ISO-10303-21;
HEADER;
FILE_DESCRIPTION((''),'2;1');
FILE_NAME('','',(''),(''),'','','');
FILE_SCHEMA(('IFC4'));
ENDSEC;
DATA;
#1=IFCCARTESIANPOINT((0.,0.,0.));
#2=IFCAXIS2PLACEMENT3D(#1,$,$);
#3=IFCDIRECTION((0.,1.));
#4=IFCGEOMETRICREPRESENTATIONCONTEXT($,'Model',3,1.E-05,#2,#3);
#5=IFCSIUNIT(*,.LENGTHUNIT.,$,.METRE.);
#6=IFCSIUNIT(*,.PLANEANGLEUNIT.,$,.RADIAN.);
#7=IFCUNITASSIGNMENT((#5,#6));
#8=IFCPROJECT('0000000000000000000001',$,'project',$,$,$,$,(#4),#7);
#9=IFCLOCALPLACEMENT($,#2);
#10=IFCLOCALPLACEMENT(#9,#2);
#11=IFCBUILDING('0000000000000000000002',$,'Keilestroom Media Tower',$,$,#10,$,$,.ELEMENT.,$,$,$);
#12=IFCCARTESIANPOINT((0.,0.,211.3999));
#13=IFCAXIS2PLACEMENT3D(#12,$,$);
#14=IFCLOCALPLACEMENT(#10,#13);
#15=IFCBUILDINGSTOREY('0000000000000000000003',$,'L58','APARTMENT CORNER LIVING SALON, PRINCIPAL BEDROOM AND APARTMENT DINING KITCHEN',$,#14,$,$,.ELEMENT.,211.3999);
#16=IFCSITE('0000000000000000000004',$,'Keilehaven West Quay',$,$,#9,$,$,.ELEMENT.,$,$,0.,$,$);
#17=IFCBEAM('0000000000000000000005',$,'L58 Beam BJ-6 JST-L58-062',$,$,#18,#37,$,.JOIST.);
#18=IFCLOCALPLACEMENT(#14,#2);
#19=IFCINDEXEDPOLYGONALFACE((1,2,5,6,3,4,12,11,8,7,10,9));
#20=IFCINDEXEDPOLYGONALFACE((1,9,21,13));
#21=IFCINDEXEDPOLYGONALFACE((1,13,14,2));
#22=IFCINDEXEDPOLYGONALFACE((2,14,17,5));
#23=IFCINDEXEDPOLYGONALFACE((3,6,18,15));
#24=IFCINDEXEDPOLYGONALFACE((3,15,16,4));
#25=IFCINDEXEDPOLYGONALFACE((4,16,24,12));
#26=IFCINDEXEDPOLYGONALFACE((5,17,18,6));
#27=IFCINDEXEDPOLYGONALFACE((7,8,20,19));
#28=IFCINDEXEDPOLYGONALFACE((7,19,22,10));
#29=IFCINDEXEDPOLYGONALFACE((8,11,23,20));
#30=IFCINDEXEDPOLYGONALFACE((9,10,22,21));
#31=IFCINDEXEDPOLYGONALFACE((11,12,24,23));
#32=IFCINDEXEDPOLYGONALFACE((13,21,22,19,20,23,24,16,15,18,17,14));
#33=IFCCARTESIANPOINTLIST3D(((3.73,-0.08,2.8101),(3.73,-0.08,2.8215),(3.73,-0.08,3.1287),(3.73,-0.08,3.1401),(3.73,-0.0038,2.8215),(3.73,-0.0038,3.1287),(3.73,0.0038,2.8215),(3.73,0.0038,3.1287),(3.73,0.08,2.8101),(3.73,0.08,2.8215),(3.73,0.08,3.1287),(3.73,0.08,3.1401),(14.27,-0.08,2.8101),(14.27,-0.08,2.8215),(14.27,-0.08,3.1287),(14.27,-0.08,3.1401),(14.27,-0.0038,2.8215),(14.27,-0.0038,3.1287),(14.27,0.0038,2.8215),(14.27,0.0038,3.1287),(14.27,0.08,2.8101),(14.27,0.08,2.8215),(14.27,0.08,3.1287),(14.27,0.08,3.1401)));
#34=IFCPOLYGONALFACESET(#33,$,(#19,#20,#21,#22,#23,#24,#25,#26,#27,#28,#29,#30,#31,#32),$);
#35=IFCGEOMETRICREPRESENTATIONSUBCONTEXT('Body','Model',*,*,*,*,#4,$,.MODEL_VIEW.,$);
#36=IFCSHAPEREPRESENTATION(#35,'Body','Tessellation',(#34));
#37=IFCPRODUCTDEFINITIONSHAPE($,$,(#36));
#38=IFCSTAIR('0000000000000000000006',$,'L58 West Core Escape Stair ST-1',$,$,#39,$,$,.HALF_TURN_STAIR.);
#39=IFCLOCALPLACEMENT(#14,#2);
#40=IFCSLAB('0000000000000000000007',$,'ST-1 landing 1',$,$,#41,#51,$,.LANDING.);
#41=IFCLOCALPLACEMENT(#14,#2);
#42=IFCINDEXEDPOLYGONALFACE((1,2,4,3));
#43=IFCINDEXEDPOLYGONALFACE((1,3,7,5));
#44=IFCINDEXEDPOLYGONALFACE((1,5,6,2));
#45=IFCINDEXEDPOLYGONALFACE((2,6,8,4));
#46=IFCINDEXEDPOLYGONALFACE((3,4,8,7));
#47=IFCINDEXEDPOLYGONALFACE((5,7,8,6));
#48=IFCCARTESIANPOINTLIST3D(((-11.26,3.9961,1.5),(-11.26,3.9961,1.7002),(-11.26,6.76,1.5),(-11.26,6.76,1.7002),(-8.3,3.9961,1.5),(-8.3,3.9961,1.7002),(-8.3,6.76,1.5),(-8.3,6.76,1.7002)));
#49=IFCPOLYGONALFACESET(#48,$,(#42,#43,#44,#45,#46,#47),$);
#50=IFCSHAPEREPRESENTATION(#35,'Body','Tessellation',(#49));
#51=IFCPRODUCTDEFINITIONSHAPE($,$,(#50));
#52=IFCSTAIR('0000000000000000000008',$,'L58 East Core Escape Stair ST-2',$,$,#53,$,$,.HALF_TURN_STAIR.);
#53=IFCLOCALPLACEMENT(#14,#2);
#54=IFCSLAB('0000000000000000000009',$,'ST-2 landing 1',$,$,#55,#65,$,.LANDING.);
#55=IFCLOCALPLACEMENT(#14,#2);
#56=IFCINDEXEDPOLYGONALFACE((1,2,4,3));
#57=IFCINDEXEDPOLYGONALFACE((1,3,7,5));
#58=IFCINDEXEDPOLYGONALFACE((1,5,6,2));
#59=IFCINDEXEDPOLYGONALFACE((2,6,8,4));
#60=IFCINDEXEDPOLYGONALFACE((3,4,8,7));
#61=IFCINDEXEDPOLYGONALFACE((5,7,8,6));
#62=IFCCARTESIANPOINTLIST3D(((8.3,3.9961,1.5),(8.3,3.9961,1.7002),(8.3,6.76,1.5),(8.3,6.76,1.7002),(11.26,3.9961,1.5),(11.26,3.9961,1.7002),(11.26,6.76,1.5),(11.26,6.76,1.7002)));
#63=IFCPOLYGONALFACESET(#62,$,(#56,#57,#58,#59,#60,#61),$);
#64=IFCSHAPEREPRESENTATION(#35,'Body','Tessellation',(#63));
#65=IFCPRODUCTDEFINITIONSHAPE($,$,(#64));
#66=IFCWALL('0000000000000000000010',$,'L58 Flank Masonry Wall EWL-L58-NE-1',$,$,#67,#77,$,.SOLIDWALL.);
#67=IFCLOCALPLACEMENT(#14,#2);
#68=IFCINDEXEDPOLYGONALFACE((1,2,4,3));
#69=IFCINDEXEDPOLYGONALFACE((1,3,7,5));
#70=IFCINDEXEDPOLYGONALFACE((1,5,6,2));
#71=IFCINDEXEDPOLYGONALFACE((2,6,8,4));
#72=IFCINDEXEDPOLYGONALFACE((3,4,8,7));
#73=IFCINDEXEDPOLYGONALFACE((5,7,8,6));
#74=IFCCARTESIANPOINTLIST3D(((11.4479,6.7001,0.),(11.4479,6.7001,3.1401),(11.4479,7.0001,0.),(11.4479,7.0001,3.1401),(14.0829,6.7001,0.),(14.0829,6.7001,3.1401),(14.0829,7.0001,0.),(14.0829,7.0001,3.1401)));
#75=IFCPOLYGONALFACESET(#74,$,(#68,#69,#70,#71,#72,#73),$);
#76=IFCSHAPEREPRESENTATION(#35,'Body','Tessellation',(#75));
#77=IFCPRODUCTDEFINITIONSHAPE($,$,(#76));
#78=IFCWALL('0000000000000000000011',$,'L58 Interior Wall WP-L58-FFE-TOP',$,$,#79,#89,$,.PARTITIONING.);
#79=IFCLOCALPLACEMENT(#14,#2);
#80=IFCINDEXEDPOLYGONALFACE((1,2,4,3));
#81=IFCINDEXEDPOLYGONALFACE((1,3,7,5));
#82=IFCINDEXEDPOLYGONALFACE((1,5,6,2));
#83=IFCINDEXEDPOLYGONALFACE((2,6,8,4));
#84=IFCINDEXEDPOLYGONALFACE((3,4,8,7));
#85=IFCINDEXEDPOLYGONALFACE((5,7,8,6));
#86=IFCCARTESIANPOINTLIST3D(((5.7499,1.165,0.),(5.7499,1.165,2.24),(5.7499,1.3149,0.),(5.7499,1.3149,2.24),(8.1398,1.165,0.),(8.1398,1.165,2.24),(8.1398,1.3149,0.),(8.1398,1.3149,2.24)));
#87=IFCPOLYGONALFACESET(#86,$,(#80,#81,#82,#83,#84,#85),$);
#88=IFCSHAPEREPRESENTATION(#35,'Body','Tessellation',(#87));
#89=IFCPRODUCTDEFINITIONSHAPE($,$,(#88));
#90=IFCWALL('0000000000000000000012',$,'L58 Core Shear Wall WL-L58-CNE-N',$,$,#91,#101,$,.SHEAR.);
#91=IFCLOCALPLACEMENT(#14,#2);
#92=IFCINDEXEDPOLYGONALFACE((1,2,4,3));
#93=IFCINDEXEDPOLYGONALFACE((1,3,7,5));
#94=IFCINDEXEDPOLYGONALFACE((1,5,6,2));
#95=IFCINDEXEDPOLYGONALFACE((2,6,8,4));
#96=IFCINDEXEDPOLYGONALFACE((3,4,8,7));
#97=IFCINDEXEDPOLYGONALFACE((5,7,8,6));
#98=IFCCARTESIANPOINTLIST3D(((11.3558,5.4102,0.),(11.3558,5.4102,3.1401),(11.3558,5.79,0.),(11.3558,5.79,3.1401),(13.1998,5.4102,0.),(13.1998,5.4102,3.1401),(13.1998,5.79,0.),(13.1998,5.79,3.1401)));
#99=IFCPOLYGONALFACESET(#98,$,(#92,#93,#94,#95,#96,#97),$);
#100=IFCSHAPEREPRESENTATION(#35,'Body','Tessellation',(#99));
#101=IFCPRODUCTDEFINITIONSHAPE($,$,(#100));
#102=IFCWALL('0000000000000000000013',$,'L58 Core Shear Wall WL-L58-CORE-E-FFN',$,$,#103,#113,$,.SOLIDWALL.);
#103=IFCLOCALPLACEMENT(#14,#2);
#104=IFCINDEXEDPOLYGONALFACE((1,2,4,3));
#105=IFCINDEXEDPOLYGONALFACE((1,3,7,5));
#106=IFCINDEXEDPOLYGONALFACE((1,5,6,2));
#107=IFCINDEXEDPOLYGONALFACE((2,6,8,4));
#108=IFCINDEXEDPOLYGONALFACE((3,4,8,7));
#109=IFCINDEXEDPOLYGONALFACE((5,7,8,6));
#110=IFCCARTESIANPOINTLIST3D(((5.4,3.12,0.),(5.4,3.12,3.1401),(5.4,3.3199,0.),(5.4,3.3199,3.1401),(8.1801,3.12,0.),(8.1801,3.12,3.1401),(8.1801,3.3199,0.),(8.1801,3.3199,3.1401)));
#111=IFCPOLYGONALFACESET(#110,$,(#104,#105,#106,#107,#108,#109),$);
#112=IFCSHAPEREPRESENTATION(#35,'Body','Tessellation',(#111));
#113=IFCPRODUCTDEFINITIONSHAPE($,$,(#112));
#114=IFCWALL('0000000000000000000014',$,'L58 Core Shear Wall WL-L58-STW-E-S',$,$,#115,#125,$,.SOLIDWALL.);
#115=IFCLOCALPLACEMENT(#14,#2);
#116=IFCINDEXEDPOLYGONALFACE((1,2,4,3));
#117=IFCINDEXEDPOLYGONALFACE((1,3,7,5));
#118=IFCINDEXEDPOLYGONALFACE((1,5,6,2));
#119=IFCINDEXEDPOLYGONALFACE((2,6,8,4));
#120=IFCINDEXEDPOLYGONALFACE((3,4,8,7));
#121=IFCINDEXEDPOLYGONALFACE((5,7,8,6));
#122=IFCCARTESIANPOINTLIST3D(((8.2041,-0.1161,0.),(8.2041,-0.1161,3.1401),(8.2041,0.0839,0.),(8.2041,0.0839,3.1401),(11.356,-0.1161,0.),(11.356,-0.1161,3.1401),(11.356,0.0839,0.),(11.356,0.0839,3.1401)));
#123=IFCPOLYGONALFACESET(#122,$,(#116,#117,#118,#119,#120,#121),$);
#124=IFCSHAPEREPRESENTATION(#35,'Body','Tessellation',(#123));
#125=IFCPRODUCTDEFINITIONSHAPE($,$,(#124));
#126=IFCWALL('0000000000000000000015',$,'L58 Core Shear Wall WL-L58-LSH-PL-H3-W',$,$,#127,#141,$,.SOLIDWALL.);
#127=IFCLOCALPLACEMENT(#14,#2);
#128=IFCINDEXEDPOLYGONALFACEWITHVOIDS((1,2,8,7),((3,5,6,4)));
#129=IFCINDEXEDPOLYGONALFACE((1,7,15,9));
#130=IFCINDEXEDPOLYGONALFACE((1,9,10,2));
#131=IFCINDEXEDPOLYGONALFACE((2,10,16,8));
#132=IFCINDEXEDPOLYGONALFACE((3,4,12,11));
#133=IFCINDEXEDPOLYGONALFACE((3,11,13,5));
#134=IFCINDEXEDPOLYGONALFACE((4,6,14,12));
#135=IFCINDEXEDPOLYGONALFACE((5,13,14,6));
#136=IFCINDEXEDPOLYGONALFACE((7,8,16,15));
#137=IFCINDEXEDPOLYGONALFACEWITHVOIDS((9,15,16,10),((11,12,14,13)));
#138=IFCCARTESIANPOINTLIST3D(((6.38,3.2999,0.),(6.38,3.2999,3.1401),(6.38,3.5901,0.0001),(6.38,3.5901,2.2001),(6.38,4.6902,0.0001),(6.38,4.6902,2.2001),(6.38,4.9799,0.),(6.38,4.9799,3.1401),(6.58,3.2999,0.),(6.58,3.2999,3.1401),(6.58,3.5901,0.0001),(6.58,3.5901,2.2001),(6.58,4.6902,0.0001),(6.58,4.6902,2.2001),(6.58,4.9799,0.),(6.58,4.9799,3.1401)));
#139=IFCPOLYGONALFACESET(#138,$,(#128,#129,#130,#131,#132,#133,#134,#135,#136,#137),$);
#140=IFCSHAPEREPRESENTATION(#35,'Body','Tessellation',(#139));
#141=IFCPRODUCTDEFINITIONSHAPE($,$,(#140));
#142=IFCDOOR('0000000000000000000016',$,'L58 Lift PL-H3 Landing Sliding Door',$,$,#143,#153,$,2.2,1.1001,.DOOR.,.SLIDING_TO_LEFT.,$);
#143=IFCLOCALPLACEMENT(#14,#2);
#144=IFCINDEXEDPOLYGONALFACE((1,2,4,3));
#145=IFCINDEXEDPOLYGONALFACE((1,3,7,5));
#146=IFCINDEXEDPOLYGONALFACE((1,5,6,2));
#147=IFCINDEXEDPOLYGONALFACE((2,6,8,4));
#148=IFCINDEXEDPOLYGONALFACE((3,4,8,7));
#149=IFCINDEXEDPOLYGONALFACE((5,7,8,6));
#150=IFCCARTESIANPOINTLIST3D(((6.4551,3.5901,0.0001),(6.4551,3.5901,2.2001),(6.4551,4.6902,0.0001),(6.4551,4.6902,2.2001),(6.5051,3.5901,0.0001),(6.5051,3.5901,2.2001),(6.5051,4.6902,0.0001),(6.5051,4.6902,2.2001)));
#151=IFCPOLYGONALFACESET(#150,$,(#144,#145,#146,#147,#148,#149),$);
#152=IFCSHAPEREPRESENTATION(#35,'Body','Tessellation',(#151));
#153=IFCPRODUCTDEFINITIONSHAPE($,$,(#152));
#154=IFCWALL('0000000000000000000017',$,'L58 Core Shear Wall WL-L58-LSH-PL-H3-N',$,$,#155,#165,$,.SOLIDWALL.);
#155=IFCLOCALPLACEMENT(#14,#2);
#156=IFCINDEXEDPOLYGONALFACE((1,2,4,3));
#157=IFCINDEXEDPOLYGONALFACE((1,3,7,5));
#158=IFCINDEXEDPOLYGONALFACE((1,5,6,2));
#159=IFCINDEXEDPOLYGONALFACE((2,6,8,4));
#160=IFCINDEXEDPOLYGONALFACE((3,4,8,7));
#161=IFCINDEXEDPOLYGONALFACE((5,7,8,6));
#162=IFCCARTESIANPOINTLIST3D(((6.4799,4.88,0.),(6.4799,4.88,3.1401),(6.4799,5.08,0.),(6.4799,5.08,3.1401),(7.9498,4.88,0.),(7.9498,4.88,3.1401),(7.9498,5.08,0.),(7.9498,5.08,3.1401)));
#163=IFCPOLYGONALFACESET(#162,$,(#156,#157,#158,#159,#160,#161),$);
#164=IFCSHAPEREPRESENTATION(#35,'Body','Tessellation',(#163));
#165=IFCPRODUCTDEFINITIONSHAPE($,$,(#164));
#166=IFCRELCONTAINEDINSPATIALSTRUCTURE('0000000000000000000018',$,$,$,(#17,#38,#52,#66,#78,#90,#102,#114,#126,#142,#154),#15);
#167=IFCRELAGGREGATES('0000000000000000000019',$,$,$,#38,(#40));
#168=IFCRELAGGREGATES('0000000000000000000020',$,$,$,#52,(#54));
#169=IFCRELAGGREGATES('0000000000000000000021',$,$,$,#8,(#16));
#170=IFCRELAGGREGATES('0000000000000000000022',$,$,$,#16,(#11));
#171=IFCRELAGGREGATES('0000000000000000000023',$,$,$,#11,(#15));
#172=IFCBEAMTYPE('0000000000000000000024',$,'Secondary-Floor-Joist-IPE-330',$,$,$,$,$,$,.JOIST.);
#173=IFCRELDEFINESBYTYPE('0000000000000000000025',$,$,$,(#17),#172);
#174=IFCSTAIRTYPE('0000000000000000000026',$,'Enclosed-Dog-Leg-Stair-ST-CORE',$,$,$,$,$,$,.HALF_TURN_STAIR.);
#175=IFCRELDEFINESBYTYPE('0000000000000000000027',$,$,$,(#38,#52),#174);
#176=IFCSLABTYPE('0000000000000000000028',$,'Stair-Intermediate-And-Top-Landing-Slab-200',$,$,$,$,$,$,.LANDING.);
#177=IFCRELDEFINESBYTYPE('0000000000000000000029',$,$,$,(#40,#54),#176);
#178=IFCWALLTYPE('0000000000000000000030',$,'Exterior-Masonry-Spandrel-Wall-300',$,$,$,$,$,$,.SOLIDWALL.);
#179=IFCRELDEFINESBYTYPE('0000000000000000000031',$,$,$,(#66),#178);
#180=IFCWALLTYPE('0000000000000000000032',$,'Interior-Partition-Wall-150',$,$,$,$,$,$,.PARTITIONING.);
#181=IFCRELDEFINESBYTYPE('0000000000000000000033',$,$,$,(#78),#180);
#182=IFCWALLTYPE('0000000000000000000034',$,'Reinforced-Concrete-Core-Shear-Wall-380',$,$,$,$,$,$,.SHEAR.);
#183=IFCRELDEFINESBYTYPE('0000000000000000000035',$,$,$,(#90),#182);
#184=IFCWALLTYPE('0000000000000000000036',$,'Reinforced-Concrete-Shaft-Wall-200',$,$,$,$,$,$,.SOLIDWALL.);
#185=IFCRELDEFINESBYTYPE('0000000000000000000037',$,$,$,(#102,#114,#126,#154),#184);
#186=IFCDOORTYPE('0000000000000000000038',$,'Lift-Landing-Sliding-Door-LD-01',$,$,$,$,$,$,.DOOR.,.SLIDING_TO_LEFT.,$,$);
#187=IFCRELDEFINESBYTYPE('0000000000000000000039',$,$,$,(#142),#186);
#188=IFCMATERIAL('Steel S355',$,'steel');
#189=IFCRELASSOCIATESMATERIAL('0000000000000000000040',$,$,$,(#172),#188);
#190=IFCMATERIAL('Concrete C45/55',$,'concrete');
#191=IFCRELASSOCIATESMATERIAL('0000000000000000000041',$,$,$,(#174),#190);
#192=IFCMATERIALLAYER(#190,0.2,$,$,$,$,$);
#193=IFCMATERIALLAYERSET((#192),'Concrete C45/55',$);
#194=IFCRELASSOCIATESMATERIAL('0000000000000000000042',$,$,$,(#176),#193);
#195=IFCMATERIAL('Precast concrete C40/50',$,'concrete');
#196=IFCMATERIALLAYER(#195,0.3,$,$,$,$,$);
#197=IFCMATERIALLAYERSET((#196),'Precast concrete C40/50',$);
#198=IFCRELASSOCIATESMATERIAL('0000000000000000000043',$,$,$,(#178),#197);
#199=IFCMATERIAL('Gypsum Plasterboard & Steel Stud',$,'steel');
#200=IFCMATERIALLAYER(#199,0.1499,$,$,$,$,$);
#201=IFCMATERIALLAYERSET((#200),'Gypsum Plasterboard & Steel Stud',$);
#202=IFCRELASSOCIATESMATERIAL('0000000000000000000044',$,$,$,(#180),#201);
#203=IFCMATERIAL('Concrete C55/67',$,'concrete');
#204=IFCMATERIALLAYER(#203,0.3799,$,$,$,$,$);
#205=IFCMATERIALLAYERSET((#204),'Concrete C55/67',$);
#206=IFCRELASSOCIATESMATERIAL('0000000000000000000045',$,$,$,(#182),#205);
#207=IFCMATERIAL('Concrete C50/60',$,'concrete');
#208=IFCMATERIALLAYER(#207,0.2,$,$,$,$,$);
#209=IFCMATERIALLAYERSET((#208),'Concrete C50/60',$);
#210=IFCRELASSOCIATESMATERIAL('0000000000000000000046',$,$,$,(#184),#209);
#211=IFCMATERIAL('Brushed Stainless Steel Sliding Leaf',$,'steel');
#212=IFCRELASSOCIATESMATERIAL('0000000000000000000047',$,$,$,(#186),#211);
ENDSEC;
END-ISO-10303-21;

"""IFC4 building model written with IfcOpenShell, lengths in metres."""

from ifc_helpers import new_model, si_unit, direction, frame, frame_2d, origin, origin_2d, place, context, subcontext, project, spatial, polyline, rectangle, i_section, outline, extrude, source, transform, mapped, material, layer, layer_set, material_profile, profile_set, type_object, element, fill, aggregate, save


model = new_model("IFC4")

# Units and contexts
model_context = context("Model", 3, precision=1e-05, world=origin(), true_north=direction((0.0, 1.0)))
body_context = subcontext(model_context, "Body", "Model", "MODEL_VIEW")
ifc_project = project(units=[si_unit("LENGTHUNIT", "METRE"), si_unit("PLANEANGLEUNIT", "RADIAN")], contexts=[model_context])

# Site, building, storey
site_placement = place(None, origin())
site = spatial("IfcSite", under=ifc_project, at=site_placement, Name="Keilehaven West Quay", CompositionType="ELEMENT", RefElevation=0.0)
building_placement = place(site_placement, origin())
building = spatial("IfcBuilding", under=site, at=building_placement, Name="Keilestroom Media Tower", CompositionType="ELEMENT")
storey_placement = place(building_placement, frame((0.0, 0.0, 211.3999)))
storey = spatial("IfcBuildingStorey", under=building, at=storey_placement, Name="L58", Description="APARTMENT CORNER LIVING SALON, PRINCIPAL BEDROOM AND APARTMENT DINING KITCHEN", CompositionType="ELEMENT", Elevation=211.3999)

# Beam
ifc_material_1 = material(Name="Steel S355", Category="steel")
ifc_material_profile = material_profile(ifc_material_1, i_section(OverallWidth=0.1599, OverallDepth=0.3301, WebThickness=0.0076, FlangeThickness=0.0115, at=origin_2d()), Name="IPE 330")
ifc_profile_set = profile_set([ifc_material_profile], Name="Steel S355")
beam_type = type_object("IfcBeamType", Name="Secondary-Floor-Joist-IPE-330", PredefinedType="JOIST", material=ifc_profile_set)
shared_shape_1 = source(origin(), body_context, "Body", "SweptSolid", [
    extrude(i_section(OverallWidth=0.1599, OverallDepth=0.3301, WebThickness=0.0076, FlangeThickness=0.0115, at=origin_2d()), origin(), (0.0, 0.0, 1.0), 10.54),
])
beam_placement = place(storey_placement, frame((3.73, 0.0, 2.9751), z_axis=(1.0, 0.0, 0.0), x_axis=(0.0, 1.0, 0.0)))
element("IfcBeam", 1, at=beam_placement, inside=storey, type_object=beam_type, Name="L58 Beam BJ-6 JST-L58-062", PredefinedType="JOIST", context=body_context, shape_type="MappedRepresentation", body=[
    mapped(shared_shape_1, transform((0.0, 0.0, 0.0), x_axis=(1.0, 0.0, 0.0), y_axis=(0.0, 1.0, 0.0), z_axis=(0.0, 0.0, 1.0), scale=1.0)),
])

# Stairs, slabs
ifc_material_2 = material(Name="Concrete C45/55", Category="concrete")
stair_type = type_object("IfcStairType", Name="Enclosed-Dog-Leg-Stair-ST-CORE", PredefinedType="HALF_TURN_STAIR", material=ifc_material_2)
stair_1_placement = place(storey_placement, origin())
stair_1 = element("IfcStair", 2, at=stair_1_placement, inside=storey, type_object=stair_type, Name="L58 West Core Escape Stair ST-1", PredefinedType="HALF_TURN_STAIR")
ifc_layer_1 = layer(ifc_material_2, 0.2)
ifc_layer_set_1 = layer_set([ifc_layer_1], Name="Concrete C45/55")
slab_type = type_object("IfcSlabType", Name="Stair-Intermediate-And-Top-Landing-Slab-200", PredefinedType="LANDING", material=ifc_layer_set_1)
slab_1_placement = place(storey_placement, frame((0.0, 0.0, 1.5)))
slab_1 = element("IfcSlab", 3, at=slab_1_placement, type_object=slab_type, Name="ST-1 landing 1", PredefinedType="LANDING", context=body_context, shape_type="SweptSolid", body=[
    extrude(outline(polyline([(-8.3, 3.9961), (-8.3, 6.76), (-11.26, 6.76), (-11.26, 3.9961), (-8.3, 3.9961)])), origin(), (0.0, 0.0, 1.0), 0.2002),
])
aggregate(stair_1, [slab_1])
stair_2_placement = place(storey_placement, origin())
stair_2 = element("IfcStair", 4, at=stair_2_placement, inside=storey, type_object=stair_type, Name="L58 East Core Escape Stair ST-2", PredefinedType="HALF_TURN_STAIR")
slab_2_placement = place(storey_placement, frame((0.0, 0.0, 1.5)))
slab_2 = element("IfcSlab", 5, at=slab_2_placement, type_object=slab_type, Name="ST-2 landing 1", PredefinedType="LANDING", context=body_context, shape_type="SweptSolid", body=[
    extrude(outline(polyline([(11.26, 3.9961), (11.26, 6.76), (8.3, 6.76), (8.3, 3.9961), (11.26, 3.9961)])), origin(), (0.0, 0.0, 1.0), 0.2002),
])

# Walls
ifc_material_3 = material(Name="Precast concrete C40/50", Category="concrete")
ifc_layer_2 = layer(ifc_material_3, 0.3)
ifc_layer_set_2 = layer_set([ifc_layer_2], Name="Precast concrete C40/50")
wall_type_1 = type_object("IfcWallType", Name="Exterior-Masonry-Spandrel-Wall-300", PredefinedType="SOLIDWALL", material=ifc_layer_set_2)
wall_1_placement = place(storey_placement, frame((11.448, 6.8501, 0.0), z_axis=(0.0, 0.0, 1.0), x_axis=(1.0, 0.0, 0.0)))
element("IfcWall", 6, at=wall_1_placement, inside=storey, type_object=wall_type_1, Name="L58 Flank Masonry Wall EWL-L58-NE-1", PredefinedType="SOLIDWALL", context=body_context, shape_type="SweptSolid", body=[
    extrude(rectangle(XDim=2.635, YDim=0.3, at=frame_2d((1.3174, 0.0))), origin(), (0.0, 0.0, 1.0), 3.1401),
])
ifc_material_4 = material(Name="Gypsum Plasterboard & Steel Stud", Category="steel")
ifc_layer_3 = layer(ifc_material_4, 0.1499)
ifc_layer_set_3 = layer_set([ifc_layer_3], Name="Gypsum Plasterboard & Steel Stud")
wall_type_2 = type_object("IfcWallType", Name="Interior-Partition-Wall-150", PredefinedType="PARTITIONING", material=ifc_layer_set_3)
wall_2_placement = place(storey_placement, frame((5.75, 1.24, 0.0), z_axis=(0.0, 0.0, 1.0), x_axis=(1.0, 0.0, 0.0)))
element("IfcWall", 7, at=wall_2_placement, inside=storey, type_object=wall_type_2, Name="L58 Interior Wall WP-L58-FFE-TOP", PredefinedType="PARTITIONING", context=body_context, shape_type="SweptSolid", body=[
    extrude(rectangle(XDim=2.3899, YDim=0.1499, at=frame_2d((1.1948, 0.0))), origin(), (0.0, 0.0, 1.0), 2.24),
])
ifc_material_5 = material(Name="Concrete C55/67", Category="concrete")
ifc_layer_4 = layer(ifc_material_5, 0.3799)
ifc_layer_set_4 = layer_set([ifc_layer_4], Name="Concrete C55/67")
wall_type_3 = type_object("IfcWallType", Name="Reinforced-Concrete-Core-Shear-Wall-380", PredefinedType="SHEAR", material=ifc_layer_set_4)
wall_3_placement = place(storey_placement, frame((11.356, 5.6001, 0.0), z_axis=(0.0, 0.0, 1.0), x_axis=(1.0, 0.0, 0.0)))
element("IfcWall", 8, at=wall_3_placement, inside=storey, type_object=wall_type_3, Name="L58 Core Shear Wall WL-L58-CNE-N", PredefinedType="SHEAR", context=body_context, shape_type="SweptSolid", body=[
    extrude(rectangle(XDim=1.844, YDim=0.3799, at=frame_2d((0.9219, 0.0))), origin(), (0.0, 0.0, 1.0), 3.1401),
])
ifc_material_6 = material(Name="Concrete C50/60", Category="concrete")
ifc_layer_5 = layer(ifc_material_6, 0.2)
ifc_layer_set_5 = layer_set([ifc_layer_5], Name="Concrete C50/60")
wall_type_4 = type_object("IfcWallType", Name="Reinforced-Concrete-Shaft-Wall-200", PredefinedType="SOLIDWALL", material=ifc_layer_set_5)
wall_4_placement = place(storey_placement, frame((5.3999, 3.22, 0.0), z_axis=(0.0, 0.0, 1.0), x_axis=(1.0, 0.0, 0.0)))
element("IfcWall", 9, at=wall_4_placement, inside=storey, type_object=wall_type_4, Name="L58 Core Shear Wall WL-L58-CORE-E-FFN", PredefinedType="SOLIDWALL", context=body_context, shape_type="SweptSolid", body=[
    extrude(rectangle(XDim=2.78, YDim=0.2, at=frame_2d((1.3901, 0.0))), origin(), (0.0, 0.0, 1.0), 3.1401),
])
wall_5_placement = place(storey_placement, frame((8.2041, -0.0161, 0.0), z_axis=(0.0, 0.0, 1.0), x_axis=(1.0, 0.0, 0.0)))
element("IfcWall", 10, at=wall_5_placement, inside=storey, type_object=wall_type_4, Name="L58 Core Shear Wall WL-L58-STW-E-S", PredefinedType="SOLIDWALL", context=body_context, shape_type="SweptSolid", body=[
    extrude(rectangle(XDim=3.1519, YDim=0.2, at=frame_2d((1.5759, 0.0))), origin(), (0.0, 0.0, 1.0), 3.1401),
])

# Wall, opening, door
wall_6_placement = place(storey_placement, frame((6.48, 3.3, 0.0), z_axis=(0.0, 0.0, 1.0), x_axis=(0.0, 1.0, 0.0)))
wall_6 = element("IfcWall", 11, at=wall_6_placement, inside=storey, type_object=wall_type_4, Name="L58 Core Shear Wall WL-L58-LSH-PL-H3-W", PredefinedType="SOLIDWALL", context=body_context, shape_type="SweptSolid", body=[
    extrude(rectangle(XDim=1.6799, YDim=0.2, at=frame_2d((0.8398, 0.0))), origin(), (0.0, 0.0, 1.0), 3.1401),
])
opening_1_placement = place(wall_6_placement, frame((0.29, 0.0, 0.0)))
opening_1 = element("IfcOpeningElement", 12, at=opening_1_placement, cuts=wall_6, PredefinedType="OPENING", context=body_context, shape_type="SweptSolid", body=[
    extrude(rectangle(XDim=1.1001, YDim=2.2, at=frame_2d((0.55, 1.1001))), frame((0.0, 0.1099, 0.0), z_axis=(0.0, -1.0, 0.0), x_axis=(1.0, 0.0, 0.0)), (0.0, 0.0, 1.0), 0.22),
])
ifc_material_7 = material(Name="Brushed Stainless Steel Sliding Leaf", Category="steel")
door_type = type_object("IfcDoorType", Name="Lift-Landing-Sliding-Door-LD-01", OperationType="SLIDING_TO_LEFT", PredefinedType="DOOR", material=ifc_material_7)
shared_shape_2 = source(origin(), body_context, "Body", "SweptSolid", [
    extrude(rectangle(XDim=1.1001, YDim=2.2, at=frame_2d((0.55, 1.1001))), frame((0.0, 0.0249, 0.0), z_axis=(0.0, -1.0, 0.0), x_axis=(1.0, 0.0, 0.0)), (0.0, 0.0, 1.0), 0.05),
])
door_1_placement = place(opening_1_placement, origin())
door_1 = element("IfcDoor", 13, at=door_1_placement, inside=storey, type_object=door_type, Name="L58 Lift PL-H3 Landing Sliding Door", OperationType="SLIDING_TO_LEFT", OverallHeight=2.2, OverallWidth=1.1001, PredefinedType="DOOR", context=body_context, shape_type="MappedRepresentation", body=[
    mapped(shared_shape_2, transform((0.0, 0.0, 0.0), x_axis=(1.0, 0.0, 0.0), y_axis=(0.0, 1.0, 0.0), z_axis=(0.0, 0.0, 1.0), scale=1.0)),
])
fill(opening_1, door_1)

# Wall
wall_7_placement = place(storey_placement, frame((6.48, 4.98, 0.0), z_axis=(0.0, 0.0, 1.0), x_axis=(1.0, 0.0, 0.0)))
element("IfcWall", 14, at=wall_7_placement, inside=storey, type_object=wall_type_4, Name="L58 Core Shear Wall WL-L58-LSH-PL-H3-N", PredefinedType="SOLIDWALL", context=body_context, shape_type="SweptSolid", body=[
    extrude(rectangle(XDim=1.47, YDim=0.2, at=frame_2d((0.7349, 0.0))), origin(), (0.0, 0.0, 1.0), 3.1401),
])

aggregate(stair_2, [slab_2])

save(model, "model.ifc")
